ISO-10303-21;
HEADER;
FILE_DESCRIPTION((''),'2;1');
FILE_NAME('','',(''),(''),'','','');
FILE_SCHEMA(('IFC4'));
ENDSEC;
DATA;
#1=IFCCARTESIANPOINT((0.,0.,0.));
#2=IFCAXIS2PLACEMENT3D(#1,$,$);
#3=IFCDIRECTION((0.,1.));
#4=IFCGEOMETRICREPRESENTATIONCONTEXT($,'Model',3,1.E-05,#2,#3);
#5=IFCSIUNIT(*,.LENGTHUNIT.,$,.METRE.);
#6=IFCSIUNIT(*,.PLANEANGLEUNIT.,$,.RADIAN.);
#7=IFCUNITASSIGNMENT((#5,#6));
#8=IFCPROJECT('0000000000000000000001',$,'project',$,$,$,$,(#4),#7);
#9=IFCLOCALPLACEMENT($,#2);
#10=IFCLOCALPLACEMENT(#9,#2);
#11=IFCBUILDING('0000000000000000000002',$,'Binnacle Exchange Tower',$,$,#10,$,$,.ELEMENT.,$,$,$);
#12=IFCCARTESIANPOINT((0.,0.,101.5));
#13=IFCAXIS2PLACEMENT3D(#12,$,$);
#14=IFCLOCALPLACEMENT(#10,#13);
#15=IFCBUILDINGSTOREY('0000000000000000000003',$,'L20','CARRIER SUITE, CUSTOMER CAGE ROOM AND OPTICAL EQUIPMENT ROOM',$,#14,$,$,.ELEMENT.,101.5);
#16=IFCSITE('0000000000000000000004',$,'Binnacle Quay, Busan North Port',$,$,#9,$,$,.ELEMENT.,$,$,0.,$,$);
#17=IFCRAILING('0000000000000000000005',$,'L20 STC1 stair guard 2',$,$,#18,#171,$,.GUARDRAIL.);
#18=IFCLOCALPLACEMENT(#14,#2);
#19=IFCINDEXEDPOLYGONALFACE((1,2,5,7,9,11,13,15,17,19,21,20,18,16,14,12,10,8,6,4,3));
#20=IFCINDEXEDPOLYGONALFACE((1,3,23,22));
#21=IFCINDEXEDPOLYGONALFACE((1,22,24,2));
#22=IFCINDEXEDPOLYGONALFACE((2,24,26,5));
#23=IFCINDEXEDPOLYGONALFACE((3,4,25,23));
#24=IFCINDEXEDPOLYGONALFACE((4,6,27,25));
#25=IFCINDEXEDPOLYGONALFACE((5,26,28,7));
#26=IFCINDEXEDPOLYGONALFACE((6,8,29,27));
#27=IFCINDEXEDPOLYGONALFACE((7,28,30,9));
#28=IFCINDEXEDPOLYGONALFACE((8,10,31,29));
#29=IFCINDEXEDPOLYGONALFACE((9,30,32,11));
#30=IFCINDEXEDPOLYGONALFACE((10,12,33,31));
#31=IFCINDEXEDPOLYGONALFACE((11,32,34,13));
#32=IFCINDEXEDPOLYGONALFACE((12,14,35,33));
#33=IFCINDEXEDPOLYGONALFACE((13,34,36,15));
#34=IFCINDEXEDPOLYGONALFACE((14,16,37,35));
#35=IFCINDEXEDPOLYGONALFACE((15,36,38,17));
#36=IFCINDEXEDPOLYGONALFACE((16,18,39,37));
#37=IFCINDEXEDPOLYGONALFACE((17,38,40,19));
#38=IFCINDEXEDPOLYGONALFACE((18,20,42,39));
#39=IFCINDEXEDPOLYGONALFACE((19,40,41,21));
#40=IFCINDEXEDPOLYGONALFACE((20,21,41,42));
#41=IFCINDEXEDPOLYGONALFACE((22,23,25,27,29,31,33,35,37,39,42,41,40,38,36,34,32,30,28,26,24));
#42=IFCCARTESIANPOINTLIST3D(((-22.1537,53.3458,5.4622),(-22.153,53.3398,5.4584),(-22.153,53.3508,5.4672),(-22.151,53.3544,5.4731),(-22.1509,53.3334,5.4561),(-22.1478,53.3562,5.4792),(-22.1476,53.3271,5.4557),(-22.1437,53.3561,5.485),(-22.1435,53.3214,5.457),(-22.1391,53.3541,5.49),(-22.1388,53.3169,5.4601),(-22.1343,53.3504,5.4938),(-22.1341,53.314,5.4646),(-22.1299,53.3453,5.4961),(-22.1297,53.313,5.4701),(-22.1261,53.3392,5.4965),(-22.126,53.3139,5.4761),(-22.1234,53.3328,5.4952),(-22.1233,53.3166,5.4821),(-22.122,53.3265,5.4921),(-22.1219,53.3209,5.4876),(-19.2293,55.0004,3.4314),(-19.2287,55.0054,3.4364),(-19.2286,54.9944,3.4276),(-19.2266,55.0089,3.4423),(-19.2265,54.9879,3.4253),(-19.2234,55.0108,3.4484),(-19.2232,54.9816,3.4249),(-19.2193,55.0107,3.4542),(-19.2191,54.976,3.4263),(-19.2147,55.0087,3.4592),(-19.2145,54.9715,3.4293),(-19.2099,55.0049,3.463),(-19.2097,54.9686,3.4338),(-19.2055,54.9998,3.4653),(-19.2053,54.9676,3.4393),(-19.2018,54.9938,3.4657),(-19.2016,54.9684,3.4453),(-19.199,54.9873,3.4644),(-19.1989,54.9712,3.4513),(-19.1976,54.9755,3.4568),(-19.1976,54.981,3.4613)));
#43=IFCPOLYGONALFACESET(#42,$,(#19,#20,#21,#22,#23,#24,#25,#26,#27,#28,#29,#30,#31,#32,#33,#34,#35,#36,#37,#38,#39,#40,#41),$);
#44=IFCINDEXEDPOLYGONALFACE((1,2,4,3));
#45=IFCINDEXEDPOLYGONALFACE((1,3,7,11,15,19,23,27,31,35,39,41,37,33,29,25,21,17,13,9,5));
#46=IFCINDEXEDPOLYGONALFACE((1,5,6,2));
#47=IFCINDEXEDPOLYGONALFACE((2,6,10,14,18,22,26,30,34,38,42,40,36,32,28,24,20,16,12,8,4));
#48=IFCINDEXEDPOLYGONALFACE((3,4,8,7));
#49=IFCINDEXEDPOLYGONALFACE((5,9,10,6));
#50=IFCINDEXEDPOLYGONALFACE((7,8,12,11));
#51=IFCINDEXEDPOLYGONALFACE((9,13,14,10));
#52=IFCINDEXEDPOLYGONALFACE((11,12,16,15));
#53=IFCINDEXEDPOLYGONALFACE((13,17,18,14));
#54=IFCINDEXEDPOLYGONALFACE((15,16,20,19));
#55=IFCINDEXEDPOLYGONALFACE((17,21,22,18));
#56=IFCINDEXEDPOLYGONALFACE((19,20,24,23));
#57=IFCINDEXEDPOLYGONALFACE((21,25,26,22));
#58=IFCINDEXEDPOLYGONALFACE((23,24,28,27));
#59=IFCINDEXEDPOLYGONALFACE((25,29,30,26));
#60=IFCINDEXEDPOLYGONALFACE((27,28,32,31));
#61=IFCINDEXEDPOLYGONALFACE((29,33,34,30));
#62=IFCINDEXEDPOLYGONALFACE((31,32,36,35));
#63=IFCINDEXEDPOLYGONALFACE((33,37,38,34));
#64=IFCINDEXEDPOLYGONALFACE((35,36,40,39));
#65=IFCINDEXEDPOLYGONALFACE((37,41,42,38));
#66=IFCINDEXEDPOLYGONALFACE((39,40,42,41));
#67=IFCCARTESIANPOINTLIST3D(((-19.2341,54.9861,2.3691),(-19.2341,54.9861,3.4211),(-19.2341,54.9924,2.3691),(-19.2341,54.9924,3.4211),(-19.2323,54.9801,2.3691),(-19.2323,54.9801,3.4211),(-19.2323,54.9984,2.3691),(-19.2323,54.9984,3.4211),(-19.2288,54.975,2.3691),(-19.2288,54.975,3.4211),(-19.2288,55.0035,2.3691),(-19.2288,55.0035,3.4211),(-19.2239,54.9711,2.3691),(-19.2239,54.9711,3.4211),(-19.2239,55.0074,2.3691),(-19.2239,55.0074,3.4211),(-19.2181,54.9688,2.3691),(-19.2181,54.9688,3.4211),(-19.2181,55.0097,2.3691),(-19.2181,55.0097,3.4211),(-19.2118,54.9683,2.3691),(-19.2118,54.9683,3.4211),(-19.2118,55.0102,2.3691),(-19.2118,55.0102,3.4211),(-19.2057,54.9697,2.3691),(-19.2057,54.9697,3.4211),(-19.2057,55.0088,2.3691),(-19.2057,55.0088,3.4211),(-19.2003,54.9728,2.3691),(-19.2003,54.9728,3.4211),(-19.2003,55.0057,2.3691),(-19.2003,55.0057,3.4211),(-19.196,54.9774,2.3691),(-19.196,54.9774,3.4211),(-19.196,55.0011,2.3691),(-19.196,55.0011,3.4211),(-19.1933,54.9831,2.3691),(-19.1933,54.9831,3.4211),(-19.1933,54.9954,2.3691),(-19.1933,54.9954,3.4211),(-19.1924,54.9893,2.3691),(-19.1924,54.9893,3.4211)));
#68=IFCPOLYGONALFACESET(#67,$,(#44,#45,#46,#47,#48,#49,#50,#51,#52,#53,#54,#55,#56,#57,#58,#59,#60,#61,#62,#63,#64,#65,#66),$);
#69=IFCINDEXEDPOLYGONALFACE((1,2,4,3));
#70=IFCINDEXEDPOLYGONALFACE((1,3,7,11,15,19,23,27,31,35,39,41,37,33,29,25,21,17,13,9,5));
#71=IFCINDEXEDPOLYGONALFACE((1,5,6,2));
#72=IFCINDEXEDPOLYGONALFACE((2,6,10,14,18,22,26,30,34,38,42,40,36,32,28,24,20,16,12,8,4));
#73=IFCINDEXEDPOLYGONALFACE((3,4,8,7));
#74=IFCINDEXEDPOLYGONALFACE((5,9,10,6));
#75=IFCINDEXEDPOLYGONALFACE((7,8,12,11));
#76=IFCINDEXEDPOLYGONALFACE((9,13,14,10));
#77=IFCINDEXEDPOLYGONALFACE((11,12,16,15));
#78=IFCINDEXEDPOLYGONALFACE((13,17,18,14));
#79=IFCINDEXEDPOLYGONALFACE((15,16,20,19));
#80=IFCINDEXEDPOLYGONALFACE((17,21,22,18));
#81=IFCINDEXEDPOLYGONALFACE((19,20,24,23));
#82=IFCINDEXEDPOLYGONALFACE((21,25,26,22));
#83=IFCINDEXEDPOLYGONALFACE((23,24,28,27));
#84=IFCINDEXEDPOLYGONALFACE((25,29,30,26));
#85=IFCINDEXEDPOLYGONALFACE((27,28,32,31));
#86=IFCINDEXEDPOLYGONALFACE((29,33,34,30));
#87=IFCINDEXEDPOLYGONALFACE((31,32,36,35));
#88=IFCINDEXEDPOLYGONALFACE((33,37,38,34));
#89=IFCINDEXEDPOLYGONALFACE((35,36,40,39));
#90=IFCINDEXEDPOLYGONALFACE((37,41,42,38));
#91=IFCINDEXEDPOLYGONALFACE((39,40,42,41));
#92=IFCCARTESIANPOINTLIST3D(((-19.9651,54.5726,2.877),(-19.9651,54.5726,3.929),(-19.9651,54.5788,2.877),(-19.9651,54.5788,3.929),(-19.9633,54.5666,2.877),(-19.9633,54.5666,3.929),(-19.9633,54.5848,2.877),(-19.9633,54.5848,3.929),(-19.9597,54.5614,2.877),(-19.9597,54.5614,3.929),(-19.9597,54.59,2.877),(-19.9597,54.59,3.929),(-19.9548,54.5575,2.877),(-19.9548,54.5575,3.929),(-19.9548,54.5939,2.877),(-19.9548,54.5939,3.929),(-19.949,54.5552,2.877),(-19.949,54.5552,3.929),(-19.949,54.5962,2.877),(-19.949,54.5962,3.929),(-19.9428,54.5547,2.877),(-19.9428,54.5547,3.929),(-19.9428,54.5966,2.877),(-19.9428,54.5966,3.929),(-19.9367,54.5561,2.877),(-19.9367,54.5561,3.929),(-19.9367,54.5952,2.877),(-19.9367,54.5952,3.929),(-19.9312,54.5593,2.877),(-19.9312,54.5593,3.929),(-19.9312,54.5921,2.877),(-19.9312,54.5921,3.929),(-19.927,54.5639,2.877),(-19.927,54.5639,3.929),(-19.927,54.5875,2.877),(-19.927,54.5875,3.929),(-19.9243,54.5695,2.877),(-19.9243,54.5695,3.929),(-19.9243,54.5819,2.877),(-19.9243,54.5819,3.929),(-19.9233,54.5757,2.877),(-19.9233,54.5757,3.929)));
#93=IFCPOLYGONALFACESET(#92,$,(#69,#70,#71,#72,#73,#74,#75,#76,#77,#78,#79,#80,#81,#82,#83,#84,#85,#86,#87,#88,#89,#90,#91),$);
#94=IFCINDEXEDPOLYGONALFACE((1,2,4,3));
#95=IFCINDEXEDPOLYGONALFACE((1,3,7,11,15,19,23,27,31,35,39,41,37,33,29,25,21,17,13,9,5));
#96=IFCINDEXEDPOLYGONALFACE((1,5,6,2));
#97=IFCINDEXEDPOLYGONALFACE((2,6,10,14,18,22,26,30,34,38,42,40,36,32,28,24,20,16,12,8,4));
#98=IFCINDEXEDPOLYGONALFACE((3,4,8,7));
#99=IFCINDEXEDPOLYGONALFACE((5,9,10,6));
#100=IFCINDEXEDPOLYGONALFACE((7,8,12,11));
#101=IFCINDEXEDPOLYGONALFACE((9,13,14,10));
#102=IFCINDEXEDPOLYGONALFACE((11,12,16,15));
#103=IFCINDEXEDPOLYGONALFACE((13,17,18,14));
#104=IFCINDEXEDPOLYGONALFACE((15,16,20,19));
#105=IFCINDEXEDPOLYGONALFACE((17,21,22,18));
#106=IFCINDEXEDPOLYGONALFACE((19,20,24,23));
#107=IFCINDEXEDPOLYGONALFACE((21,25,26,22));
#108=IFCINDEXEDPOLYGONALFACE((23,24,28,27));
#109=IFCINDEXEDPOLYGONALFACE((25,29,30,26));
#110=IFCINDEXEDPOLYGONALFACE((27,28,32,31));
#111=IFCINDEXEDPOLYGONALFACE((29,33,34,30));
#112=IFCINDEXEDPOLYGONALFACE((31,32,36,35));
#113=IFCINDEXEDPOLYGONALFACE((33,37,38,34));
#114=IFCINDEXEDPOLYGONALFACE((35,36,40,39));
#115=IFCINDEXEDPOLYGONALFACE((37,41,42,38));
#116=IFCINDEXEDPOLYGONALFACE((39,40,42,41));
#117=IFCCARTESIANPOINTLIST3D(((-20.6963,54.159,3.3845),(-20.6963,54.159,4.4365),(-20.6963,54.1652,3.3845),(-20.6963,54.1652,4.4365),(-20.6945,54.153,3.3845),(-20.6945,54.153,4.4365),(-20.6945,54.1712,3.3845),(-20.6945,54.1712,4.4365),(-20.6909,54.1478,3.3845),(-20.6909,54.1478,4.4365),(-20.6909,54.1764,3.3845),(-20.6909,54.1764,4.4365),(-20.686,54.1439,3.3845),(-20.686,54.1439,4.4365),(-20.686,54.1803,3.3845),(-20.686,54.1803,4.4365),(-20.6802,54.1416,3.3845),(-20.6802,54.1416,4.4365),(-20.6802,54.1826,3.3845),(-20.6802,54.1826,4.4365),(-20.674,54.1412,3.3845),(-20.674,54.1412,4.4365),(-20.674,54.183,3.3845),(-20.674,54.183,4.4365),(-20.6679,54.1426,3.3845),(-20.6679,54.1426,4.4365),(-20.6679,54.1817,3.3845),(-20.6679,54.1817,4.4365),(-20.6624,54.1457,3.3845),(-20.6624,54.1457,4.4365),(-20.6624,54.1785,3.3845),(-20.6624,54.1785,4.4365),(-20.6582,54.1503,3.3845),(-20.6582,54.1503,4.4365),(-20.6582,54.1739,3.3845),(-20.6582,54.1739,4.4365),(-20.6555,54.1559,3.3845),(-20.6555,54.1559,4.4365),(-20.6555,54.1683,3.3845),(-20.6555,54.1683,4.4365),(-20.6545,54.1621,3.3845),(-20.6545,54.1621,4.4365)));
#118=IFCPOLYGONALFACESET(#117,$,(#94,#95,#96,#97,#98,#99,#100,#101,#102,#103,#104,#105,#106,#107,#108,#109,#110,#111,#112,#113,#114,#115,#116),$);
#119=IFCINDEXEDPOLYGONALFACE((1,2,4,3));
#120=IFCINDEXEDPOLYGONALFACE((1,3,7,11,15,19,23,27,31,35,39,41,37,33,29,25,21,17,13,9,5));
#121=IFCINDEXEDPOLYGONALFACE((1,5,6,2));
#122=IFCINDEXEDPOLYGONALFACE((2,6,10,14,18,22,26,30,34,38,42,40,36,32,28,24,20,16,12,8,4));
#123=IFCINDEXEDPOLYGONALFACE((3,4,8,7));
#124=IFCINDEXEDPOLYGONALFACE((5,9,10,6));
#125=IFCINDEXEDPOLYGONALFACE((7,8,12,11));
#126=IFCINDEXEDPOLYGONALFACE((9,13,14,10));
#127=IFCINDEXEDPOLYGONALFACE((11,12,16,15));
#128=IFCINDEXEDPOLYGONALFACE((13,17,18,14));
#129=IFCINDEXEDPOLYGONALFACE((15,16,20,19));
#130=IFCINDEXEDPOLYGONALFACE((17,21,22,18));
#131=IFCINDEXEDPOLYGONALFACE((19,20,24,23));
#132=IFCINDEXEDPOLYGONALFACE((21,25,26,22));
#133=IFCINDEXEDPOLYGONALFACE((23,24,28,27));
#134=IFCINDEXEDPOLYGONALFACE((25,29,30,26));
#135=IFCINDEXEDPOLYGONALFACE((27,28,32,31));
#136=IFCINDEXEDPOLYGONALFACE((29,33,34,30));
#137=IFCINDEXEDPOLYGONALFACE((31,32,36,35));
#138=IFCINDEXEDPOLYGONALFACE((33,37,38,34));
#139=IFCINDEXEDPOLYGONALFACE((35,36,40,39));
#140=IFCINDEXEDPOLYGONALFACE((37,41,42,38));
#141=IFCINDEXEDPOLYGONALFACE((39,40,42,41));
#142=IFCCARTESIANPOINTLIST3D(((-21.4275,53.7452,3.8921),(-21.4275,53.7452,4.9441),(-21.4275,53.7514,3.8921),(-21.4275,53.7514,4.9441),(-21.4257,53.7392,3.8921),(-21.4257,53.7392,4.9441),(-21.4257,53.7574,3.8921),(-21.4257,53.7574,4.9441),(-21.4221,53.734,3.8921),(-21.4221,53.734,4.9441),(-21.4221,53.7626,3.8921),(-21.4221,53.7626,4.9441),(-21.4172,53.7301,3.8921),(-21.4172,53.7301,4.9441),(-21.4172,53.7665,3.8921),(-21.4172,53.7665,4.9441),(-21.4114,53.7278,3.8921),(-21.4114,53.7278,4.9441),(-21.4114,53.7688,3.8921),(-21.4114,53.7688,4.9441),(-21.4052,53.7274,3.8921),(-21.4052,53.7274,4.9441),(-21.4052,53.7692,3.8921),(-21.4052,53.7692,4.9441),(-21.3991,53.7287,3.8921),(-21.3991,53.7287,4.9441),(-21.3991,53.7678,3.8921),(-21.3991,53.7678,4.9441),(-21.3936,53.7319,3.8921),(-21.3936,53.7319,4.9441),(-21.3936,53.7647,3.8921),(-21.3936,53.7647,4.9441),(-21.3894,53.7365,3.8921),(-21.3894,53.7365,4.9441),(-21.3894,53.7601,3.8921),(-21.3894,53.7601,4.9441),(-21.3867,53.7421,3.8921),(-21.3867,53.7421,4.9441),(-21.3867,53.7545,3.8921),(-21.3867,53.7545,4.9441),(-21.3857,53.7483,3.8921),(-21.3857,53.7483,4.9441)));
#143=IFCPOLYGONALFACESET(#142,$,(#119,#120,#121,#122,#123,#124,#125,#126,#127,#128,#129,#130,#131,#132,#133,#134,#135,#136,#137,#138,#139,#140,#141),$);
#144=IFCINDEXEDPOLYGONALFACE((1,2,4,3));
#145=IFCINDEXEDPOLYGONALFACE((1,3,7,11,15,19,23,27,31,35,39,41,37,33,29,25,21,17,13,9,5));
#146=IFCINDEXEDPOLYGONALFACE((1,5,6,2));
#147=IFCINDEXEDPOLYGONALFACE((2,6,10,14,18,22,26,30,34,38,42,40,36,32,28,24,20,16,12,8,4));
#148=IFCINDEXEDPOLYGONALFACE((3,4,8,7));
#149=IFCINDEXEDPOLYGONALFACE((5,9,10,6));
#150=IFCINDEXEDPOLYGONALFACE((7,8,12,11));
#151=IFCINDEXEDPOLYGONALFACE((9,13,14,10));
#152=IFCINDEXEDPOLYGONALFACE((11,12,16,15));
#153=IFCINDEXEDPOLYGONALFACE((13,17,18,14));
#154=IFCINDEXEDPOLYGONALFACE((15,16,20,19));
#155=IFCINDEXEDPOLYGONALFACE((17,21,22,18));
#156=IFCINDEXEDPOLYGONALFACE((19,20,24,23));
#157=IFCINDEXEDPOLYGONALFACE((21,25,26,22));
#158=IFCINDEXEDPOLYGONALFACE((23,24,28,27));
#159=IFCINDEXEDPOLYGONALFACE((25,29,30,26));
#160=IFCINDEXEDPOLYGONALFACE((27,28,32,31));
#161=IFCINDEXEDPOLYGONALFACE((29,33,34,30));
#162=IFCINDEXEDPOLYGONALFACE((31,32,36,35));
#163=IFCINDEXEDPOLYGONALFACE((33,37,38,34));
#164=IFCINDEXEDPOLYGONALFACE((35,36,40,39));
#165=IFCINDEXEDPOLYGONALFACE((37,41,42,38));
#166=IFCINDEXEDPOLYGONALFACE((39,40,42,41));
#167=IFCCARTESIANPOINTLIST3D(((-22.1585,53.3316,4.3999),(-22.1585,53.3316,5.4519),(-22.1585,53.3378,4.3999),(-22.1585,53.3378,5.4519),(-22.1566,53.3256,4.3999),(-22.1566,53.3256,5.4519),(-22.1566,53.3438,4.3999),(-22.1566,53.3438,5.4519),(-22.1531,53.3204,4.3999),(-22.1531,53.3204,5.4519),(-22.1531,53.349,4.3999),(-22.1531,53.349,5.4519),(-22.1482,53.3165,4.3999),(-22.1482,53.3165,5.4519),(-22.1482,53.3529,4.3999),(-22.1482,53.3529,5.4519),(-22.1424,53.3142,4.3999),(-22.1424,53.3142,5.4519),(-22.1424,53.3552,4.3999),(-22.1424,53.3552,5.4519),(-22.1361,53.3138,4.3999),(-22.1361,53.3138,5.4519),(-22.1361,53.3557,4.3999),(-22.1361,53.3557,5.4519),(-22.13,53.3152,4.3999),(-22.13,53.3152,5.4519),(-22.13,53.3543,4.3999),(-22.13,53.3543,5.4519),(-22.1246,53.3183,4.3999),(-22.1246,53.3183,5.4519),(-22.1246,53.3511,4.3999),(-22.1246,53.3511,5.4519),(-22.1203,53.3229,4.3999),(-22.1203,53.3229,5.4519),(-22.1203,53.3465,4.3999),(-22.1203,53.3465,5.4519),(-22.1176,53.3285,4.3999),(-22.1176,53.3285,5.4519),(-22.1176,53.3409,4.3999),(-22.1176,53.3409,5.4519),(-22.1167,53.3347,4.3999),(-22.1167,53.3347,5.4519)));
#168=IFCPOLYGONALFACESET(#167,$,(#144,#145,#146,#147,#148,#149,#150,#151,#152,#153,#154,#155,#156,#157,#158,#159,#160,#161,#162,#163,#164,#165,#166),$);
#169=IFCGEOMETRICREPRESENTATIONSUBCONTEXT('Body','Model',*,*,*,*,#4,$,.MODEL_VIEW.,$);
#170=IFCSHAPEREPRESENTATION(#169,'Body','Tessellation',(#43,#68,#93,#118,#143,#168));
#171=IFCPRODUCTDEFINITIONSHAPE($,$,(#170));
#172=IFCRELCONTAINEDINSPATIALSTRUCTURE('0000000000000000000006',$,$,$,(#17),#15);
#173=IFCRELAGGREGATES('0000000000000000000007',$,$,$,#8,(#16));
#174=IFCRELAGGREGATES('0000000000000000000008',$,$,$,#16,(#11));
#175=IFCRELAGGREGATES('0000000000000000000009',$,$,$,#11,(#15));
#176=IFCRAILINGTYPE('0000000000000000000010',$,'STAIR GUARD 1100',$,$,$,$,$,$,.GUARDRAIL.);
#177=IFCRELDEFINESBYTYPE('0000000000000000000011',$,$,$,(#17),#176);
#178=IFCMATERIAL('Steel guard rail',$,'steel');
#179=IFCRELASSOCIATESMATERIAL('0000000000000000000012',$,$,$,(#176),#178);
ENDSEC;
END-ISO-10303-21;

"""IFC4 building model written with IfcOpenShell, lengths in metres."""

from ifc_helpers import new_model, si_unit, direction, frame, origin, origin_2d, place, context, subcontext, project, spatial, circle, extrude, material, type_object, element, save


model = new_model("IFC4")

# Units and contexts
model_context = context("Model", 3, precision=1e-05, world=origin(), true_north=direction((0.0, 1.0)))
body_context = subcontext(model_context, "Body", "Model", "MODEL_VIEW")
ifc_project = project(units=[si_unit("LENGTHUNIT", "METRE"), si_unit("PLANEANGLEUNIT", "RADIAN")], contexts=[model_context])

# Site, building, storey
site_placement = place(None, origin())
site = spatial("IfcSite", under=ifc_project, at=site_placement, Name="Binnacle Quay, Busan North Port", CompositionType="ELEMENT", RefElevation=0.0)
building_placement = place(site_placement, origin())
building = spatial("IfcBuilding", under=site, at=building_placement, Name="Binnacle Exchange Tower", CompositionType="ELEMENT")
storey_placement = place(building_placement, frame((0.0, 0.0, 101.5)))
storey = spatial("IfcBuildingStorey", under=building, at=storey_placement, Name="L20", Description="CARRIER SUITE, CUSTOMER CAGE ROOM AND OPTICAL EQUIPMENT ROOM", CompositionType="ELEMENT", Elevation=101.5)

# Railing
ifc_material_1 = material(Name="Steel guard rail", Category="steel")
railing_type_1 = type_object("IfcRailingType", Name="STAIR GUARD 1100", PredefinedType="GUARDRAIL", material=ifc_material_1)
railing_1_placement = place(storey_placement, frame((-19.2134, 54.9893, 2.3691)))
element("IfcRailing", 1, at=railing_1_placement, inside=storey, type_object=railing_type_1, Name="L20 STC1 stair guard 2", PredefinedType="GUARDRAIL", context=body_context, shape_type="SweptSolid", body=[
    extrude(circle(Radius=0.0239, at=origin_2d()), frame((0.0, 0.0, 1.0762), z_axis=(-0.744867, -0.421437, 0.517266), x_axis=(0.492433, -0.87035, 0.0)), (0.0, 0.0, 1.0), 3.926),
    extrude(circle(Radius=0.021, at=origin_2d()), origin(), (0.0, 0.0, 1.0), 1.052),
    extrude(circle(Radius=0.021, at=origin_2d()), frame((-0.731, -0.4136, 0.5078)), (0.0, 0.0, 1.0), 1.052),
    extrude(circle(Radius=0.021, at=origin_2d()), frame((-1.4622, -0.8271, 1.0154)), (0.0, 0.0, 1.0), 1.052),
    extrude(circle(Radius=0.021, at=origin_2d()), frame((-2.1934, -1.241, 1.5229)), (0.0, 0.0, 1.0), 1.052),
    extrude(circle(Radius=0.021, at=origin_2d()), frame((-2.9243, -1.6545, 2.0308)), (0.0, 0.0, 1.0), 1.052),
])

save(model, "model.ifc")
